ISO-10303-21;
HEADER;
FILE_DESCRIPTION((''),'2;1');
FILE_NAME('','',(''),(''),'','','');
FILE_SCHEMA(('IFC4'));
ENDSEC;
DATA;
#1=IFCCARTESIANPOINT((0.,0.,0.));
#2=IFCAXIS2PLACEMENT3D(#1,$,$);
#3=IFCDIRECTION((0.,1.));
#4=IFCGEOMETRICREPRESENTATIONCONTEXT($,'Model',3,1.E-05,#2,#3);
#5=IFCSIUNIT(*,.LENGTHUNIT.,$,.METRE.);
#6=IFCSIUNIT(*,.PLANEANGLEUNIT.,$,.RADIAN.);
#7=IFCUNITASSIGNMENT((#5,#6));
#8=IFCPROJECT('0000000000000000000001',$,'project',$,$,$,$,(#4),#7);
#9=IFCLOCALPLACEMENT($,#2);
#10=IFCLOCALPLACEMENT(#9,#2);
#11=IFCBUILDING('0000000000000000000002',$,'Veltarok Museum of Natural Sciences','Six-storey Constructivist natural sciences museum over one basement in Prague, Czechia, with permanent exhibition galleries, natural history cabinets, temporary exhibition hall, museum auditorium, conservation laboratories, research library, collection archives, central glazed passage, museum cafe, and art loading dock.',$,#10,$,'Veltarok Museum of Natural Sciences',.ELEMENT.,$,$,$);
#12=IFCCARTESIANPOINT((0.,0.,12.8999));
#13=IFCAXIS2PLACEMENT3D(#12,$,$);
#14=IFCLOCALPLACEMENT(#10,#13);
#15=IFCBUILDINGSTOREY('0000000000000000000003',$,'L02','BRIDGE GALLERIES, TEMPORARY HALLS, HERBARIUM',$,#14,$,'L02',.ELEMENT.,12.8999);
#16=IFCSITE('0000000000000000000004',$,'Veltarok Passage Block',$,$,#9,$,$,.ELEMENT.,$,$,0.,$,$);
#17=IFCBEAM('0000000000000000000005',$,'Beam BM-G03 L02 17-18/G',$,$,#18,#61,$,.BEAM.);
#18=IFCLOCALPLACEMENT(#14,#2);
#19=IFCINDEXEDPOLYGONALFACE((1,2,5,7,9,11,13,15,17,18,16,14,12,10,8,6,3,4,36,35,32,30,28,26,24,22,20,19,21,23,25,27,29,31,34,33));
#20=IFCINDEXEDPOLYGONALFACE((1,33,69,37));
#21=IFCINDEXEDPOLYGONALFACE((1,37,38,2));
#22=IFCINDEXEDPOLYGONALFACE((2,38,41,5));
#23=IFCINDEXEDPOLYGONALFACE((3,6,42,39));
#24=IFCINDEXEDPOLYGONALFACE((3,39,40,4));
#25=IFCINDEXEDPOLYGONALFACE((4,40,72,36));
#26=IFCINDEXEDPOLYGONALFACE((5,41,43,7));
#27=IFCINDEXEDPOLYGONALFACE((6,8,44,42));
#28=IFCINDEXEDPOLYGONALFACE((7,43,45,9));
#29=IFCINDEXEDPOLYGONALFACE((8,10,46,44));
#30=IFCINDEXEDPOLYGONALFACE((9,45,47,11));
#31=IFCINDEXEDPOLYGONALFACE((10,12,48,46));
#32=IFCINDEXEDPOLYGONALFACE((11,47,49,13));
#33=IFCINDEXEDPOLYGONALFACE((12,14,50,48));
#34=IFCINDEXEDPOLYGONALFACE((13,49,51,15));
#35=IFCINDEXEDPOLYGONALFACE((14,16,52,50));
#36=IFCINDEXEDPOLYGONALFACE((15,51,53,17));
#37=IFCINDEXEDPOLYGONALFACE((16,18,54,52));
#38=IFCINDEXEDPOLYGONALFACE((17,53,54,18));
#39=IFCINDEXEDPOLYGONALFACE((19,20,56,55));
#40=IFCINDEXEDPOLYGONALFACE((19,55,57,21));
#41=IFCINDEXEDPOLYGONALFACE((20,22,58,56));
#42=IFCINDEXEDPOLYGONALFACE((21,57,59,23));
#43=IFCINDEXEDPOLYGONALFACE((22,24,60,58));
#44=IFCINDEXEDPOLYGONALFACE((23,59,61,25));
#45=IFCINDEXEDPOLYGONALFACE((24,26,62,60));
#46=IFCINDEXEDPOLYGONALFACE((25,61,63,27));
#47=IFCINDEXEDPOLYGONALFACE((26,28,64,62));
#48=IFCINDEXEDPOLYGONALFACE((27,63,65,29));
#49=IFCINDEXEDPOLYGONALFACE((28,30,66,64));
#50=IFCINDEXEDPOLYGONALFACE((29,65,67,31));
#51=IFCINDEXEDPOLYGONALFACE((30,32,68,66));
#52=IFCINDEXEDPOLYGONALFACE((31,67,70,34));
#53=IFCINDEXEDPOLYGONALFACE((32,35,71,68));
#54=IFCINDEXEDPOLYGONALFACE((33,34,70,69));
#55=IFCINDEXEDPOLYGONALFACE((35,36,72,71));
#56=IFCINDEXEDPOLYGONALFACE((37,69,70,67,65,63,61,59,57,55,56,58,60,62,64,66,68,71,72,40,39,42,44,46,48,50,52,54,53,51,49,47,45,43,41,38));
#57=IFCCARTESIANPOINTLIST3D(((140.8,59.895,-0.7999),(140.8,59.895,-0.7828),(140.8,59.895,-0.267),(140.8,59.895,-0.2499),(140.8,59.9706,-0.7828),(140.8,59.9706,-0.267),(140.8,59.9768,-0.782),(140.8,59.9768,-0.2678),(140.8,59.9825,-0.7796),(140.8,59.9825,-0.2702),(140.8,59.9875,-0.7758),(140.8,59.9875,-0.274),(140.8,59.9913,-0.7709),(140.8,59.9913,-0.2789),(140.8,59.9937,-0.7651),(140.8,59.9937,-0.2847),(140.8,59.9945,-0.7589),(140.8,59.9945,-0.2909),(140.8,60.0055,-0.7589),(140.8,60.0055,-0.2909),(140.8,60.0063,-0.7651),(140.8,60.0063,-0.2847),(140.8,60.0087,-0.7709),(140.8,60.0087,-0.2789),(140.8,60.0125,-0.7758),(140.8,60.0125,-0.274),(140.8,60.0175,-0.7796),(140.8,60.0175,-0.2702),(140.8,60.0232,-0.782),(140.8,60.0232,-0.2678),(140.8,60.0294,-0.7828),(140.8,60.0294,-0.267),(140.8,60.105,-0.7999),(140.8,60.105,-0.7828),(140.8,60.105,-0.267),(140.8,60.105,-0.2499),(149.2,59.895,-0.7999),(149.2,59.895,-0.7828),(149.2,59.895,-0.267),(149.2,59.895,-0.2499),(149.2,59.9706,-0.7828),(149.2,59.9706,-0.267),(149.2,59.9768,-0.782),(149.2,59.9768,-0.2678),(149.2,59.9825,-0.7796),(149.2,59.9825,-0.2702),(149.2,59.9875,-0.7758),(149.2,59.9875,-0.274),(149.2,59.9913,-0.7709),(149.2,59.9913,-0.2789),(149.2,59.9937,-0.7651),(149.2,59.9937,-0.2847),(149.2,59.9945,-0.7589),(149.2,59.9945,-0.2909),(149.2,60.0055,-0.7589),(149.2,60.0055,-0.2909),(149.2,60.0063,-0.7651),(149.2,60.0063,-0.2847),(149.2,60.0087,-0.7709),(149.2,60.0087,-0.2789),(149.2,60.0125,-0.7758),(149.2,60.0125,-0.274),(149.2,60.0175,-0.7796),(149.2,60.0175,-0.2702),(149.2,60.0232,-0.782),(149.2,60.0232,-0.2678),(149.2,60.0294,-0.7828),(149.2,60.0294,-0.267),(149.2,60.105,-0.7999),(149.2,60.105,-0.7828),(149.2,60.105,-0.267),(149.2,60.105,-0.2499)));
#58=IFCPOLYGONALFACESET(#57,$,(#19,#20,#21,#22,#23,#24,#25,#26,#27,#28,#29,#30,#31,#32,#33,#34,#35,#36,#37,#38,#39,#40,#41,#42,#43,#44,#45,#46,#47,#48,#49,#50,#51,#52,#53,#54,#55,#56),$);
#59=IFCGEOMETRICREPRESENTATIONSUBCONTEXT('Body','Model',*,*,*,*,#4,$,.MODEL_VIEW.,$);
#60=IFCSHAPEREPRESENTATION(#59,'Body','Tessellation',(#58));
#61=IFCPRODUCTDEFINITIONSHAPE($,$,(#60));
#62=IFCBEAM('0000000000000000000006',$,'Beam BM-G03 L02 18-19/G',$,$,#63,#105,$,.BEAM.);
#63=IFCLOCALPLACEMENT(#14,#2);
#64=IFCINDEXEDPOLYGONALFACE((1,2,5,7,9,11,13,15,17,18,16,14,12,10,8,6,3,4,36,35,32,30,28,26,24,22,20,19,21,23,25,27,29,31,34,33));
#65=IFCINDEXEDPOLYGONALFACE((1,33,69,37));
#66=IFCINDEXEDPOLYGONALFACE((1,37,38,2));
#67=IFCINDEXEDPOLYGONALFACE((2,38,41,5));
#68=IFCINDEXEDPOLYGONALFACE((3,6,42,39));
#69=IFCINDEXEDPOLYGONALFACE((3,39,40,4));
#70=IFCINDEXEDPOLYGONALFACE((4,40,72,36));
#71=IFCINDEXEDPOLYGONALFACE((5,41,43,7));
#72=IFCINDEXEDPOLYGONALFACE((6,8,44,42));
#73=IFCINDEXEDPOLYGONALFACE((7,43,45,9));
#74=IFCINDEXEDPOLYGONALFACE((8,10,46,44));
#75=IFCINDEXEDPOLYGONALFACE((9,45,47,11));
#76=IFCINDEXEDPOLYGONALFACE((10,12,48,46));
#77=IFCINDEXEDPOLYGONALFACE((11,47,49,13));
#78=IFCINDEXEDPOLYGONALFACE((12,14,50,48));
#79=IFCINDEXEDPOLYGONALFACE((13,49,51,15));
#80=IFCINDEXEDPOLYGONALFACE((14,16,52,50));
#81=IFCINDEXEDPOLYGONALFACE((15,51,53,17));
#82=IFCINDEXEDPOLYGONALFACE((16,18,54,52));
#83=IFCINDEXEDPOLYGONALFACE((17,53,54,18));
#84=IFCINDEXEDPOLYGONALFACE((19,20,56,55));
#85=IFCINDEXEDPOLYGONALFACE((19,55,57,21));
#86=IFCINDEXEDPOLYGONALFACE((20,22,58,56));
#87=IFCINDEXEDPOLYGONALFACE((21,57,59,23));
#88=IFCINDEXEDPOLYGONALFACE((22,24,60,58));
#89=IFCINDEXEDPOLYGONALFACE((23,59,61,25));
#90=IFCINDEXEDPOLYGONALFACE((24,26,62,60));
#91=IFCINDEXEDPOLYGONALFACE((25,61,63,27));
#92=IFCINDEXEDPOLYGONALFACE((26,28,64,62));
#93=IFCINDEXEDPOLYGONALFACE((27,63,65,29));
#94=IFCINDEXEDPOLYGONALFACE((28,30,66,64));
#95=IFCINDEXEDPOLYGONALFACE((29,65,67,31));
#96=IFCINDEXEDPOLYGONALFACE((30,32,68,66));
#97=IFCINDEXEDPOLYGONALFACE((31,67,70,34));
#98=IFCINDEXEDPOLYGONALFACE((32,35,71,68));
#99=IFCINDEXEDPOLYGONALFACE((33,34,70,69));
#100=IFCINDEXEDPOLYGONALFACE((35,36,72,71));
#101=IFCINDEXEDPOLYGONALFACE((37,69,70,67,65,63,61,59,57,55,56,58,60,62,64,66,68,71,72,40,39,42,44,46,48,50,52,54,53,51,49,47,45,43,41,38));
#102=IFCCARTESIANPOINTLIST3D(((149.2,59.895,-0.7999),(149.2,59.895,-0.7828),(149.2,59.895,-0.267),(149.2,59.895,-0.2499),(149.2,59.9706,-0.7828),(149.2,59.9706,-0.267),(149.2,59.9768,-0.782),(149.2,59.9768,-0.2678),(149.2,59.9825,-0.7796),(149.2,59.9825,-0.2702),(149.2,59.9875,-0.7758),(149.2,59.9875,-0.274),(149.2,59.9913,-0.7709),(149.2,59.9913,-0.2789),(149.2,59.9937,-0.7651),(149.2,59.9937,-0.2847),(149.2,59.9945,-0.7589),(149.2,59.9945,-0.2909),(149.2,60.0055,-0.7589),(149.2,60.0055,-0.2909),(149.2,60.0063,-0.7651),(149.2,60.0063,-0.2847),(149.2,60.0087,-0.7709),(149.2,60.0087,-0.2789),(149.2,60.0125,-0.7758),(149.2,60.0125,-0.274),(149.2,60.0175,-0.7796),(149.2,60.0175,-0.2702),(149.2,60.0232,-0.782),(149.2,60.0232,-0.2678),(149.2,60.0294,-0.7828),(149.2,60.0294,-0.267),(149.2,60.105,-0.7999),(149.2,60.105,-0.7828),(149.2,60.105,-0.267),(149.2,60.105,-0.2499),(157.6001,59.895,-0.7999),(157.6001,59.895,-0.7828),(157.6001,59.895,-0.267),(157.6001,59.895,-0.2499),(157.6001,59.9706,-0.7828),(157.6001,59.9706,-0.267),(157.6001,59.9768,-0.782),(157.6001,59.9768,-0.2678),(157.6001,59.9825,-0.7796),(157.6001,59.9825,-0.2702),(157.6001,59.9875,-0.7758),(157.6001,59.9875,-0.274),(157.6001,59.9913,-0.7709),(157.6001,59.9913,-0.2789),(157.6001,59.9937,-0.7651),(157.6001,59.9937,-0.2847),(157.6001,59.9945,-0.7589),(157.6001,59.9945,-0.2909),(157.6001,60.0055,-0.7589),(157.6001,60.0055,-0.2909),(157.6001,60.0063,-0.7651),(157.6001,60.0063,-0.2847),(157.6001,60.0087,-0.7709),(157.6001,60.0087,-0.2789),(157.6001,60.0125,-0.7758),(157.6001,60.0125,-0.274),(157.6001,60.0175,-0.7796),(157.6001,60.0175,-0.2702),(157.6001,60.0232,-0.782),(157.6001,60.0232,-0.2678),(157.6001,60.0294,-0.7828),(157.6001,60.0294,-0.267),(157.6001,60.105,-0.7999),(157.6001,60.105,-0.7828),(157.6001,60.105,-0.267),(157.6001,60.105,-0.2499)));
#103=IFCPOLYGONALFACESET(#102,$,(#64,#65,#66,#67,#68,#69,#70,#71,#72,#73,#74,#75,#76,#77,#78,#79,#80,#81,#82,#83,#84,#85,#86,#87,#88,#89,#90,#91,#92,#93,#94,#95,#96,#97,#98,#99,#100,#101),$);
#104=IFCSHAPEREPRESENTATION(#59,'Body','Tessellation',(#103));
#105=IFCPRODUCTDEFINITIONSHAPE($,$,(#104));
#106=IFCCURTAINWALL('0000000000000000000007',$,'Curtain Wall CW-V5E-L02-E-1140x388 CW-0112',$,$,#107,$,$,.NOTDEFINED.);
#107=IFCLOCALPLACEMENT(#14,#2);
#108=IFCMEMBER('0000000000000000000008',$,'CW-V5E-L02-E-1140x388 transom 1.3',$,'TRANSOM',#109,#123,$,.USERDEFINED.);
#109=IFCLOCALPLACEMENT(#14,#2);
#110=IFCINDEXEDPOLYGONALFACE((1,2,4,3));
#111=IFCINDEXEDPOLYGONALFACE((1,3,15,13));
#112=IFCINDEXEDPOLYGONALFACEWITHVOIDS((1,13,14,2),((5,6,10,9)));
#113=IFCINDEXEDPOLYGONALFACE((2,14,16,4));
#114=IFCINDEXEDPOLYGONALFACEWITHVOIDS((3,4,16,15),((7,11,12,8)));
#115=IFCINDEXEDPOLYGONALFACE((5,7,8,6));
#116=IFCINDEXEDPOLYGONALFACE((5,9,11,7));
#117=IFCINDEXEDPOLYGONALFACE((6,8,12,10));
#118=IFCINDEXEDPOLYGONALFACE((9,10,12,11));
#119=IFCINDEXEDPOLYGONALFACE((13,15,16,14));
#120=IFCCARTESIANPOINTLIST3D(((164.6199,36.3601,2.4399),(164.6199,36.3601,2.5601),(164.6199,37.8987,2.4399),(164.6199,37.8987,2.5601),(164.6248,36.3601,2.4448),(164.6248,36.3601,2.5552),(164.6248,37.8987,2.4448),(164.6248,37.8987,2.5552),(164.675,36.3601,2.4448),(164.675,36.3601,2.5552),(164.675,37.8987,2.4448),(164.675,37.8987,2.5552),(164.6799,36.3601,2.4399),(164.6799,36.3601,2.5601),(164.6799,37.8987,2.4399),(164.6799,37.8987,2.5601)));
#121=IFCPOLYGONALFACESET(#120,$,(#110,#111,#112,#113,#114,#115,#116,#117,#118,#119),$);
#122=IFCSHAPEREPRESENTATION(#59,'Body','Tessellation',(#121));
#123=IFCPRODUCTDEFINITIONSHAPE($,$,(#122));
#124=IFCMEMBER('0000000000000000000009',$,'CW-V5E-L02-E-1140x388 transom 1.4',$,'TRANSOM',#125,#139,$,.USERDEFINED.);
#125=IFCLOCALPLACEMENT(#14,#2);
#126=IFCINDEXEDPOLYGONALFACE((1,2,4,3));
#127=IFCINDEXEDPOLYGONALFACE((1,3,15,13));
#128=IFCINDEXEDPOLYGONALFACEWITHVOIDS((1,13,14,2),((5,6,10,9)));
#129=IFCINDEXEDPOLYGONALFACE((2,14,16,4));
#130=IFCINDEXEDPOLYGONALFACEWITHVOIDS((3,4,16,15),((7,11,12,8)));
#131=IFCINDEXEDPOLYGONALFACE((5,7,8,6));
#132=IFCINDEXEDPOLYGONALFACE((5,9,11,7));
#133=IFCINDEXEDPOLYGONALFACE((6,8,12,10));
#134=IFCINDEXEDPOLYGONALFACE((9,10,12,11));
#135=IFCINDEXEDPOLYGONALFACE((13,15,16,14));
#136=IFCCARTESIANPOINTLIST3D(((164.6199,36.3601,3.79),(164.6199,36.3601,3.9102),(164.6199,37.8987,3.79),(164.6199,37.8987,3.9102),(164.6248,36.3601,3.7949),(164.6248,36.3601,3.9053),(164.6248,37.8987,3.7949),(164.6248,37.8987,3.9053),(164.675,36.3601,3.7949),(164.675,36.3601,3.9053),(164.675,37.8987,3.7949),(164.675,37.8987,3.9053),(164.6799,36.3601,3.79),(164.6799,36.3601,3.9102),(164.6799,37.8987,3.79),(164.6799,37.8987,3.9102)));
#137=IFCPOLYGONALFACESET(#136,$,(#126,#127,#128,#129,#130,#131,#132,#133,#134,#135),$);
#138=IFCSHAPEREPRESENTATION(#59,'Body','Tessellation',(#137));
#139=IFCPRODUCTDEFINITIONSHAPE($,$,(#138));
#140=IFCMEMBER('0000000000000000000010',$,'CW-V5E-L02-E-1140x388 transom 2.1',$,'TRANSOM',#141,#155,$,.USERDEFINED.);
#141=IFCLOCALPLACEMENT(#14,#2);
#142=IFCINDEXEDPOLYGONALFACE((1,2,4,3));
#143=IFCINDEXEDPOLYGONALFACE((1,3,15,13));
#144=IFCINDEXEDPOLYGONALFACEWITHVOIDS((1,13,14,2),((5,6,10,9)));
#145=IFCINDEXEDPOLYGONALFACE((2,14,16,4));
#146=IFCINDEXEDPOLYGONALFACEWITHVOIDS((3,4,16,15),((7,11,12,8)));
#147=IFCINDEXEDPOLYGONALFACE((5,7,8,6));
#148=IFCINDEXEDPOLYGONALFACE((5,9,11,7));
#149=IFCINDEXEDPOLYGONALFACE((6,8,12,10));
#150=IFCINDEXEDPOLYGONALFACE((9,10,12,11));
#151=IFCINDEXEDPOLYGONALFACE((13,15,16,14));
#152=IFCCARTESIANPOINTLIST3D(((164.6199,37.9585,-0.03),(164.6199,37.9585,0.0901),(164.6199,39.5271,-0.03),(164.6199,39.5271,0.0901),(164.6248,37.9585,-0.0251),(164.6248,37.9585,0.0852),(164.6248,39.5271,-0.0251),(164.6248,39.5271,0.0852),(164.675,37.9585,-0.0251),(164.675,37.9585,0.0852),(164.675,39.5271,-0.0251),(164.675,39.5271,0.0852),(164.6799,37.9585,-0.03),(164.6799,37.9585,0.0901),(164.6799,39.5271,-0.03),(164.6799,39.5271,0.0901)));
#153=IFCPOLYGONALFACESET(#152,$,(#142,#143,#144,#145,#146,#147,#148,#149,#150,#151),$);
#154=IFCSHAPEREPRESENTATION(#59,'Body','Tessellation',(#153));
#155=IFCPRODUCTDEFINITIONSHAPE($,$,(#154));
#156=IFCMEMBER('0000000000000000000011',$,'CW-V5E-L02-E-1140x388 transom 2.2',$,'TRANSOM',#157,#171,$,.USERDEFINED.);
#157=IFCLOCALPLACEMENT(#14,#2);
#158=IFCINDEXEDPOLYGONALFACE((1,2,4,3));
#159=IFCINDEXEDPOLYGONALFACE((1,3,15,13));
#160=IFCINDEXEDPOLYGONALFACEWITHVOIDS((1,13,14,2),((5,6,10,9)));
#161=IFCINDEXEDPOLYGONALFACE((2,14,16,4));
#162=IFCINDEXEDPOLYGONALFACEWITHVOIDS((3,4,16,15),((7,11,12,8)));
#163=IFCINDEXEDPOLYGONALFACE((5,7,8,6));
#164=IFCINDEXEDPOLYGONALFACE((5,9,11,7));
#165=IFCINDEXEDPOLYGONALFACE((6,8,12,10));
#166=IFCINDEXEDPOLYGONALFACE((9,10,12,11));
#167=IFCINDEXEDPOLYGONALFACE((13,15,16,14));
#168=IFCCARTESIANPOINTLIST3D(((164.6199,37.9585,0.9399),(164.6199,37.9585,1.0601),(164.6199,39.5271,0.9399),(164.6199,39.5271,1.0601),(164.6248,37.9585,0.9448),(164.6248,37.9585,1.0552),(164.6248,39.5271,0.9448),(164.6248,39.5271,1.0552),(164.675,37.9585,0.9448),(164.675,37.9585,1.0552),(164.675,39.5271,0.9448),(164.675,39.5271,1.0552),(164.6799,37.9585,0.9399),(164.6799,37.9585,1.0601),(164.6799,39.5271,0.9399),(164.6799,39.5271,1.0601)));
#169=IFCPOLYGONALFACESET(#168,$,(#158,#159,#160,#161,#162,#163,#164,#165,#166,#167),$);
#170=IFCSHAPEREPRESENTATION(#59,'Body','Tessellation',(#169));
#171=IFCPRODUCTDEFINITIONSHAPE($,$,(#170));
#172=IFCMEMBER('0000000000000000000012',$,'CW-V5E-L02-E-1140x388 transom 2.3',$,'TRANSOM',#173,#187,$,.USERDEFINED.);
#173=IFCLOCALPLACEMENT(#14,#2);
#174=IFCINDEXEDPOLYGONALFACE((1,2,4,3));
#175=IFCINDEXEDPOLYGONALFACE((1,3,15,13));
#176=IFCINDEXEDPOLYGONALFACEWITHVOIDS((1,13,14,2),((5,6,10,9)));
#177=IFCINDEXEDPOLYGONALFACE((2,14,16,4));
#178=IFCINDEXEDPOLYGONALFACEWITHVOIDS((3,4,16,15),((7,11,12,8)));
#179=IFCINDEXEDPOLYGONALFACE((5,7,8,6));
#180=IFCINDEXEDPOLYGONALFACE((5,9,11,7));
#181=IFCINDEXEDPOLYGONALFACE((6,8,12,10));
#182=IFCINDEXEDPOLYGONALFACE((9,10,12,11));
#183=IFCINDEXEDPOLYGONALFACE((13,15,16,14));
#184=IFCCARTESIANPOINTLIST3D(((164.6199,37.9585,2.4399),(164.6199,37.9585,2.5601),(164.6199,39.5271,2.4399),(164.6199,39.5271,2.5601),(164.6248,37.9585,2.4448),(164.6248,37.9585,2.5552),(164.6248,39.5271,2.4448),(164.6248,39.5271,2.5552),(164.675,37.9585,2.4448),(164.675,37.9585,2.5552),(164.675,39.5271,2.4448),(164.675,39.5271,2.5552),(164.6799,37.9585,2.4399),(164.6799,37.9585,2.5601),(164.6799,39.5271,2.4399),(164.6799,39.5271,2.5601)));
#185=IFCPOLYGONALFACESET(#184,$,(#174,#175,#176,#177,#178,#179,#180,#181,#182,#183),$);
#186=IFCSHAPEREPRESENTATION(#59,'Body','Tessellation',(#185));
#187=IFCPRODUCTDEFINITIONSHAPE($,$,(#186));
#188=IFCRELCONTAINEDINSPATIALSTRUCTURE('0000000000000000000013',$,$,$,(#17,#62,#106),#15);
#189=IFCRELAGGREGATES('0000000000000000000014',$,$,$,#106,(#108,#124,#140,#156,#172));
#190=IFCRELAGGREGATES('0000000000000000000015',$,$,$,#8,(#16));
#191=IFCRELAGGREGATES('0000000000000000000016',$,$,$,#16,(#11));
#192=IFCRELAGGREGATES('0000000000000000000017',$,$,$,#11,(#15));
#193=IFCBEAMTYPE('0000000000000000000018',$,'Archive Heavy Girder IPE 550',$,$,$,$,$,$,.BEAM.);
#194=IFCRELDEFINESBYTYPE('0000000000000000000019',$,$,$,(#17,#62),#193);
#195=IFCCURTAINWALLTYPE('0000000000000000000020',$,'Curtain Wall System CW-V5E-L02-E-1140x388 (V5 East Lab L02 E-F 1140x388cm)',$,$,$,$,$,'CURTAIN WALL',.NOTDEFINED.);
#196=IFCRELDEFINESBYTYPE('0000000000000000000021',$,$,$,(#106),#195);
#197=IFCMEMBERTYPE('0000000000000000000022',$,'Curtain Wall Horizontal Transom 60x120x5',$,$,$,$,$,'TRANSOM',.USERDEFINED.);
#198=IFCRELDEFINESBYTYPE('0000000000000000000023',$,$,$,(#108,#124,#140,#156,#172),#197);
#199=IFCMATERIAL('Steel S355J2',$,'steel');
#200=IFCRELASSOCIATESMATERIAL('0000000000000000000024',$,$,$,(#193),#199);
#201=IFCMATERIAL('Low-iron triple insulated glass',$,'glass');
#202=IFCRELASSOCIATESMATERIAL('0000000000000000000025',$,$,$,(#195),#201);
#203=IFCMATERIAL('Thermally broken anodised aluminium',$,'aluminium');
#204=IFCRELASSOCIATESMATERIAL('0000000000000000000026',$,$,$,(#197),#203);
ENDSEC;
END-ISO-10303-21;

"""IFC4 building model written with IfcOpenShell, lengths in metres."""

from ifc_helpers import new_model, si_unit, direction, frame, origin, origin_2d, place, context, subcontext, project, spatial, hollow_rectangle, i_section, extrude, material, material_profile, profile_set, type_object, element, aggregate, save


model = new_model("IFC4")

# Units and contexts
model_context = context("Model", 3, precision=1e-05, world=origin(), true_north=direction((0.0, 1.0)))
body_context = subcontext(model_context, "Body", "Model", "MODEL_VIEW")
ifc_project = project(units=[si_unit("LENGTHUNIT", "METRE"), si_unit("PLANEANGLEUNIT", "RADIAN")], contexts=[model_context])

# Site, building, storey
site_placement = place(None, origin())
site = spatial("IfcSite", under=ifc_project, at=site_placement, Name="Veltarok Passage Block", CompositionType="ELEMENT", RefElevation=0.0)
building_placement = place(site_placement, origin())
building = spatial("IfcBuilding", under=site, at=building_placement, Name="Veltarok Museum of Natural Sciences", Description="Six-storey Constructivist natural sciences museum over one basement in Prague, Czechia, with permanent exhibition galleries, natural history cabinets, temporary exhibition hall, museum auditorium, conservation laboratories, research library, collection archives, central glazed passage, museum cafe, and art loading dock.", LongName="Veltarok Museum of Natural Sciences", CompositionType="ELEMENT")
storey_placement = place(building_placement, frame((0.0, 0.0, 12.8999)))
storey = spatial("IfcBuildingStorey", under=building, at=storey_placement, Name="L02", Description="BRIDGE GALLERIES, TEMPORARY HALLS, HERBARIUM", LongName="L02", CompositionType="ELEMENT", Elevation=12.8999)

# Beams
ifc_material_1 = material(Name="Steel S355J2", Category="steel")
ifc_material_profile_1 = material_profile(ifc_material_1, i_section(OverallWidth=0.21, OverallDepth=0.55, WebThickness=0.011, FlangeThickness=0.0171, FilletRadius=0.0239, at=origin_2d()), Name="IPE 550")
ifc_profile_set_1 = profile_set([ifc_material_profile_1], Name="Steel S355J2")
beam_type_1 = type_object("IfcBeamType", Name="Archive Heavy Girder IPE 550", PredefinedType="BEAM", material=ifc_profile_set_1)
beam_1_placement = place(storey_placement, frame((140.8, 60.0, -0.5249), z_axis=(1.0, 0.0, 0.0), x_axis=(0.0, 1.0, 0.0)))
element("IfcBeam", 1, at=beam_1_placement, inside=storey, type_object=beam_type_1, Name="Beam BM-G03 L02 17-18/G", PredefinedType="BEAM", context=body_context, shape_type="SweptSolid", body=[
    extrude(i_section(OverallWidth=0.21, OverallDepth=0.55, WebThickness=0.011, FlangeThickness=0.0171, FilletRadius=0.0239, at=origin_2d()), origin(), (0.0, 0.0, 1.0), 8.3999),
])
beam_2_placement = place(storey_placement, frame((149.2, 60.0, -0.5249), z_axis=(1.0, 0.0, 0.0), x_axis=(0.0, 1.0, 0.0)))
element("IfcBeam", 2, at=beam_2_placement, inside=storey, type_object=beam_type_1, Name="Beam BM-G03 L02 18-19/G", PredefinedType="BEAM", context=body_context, shape_type="SweptSolid", body=[
    extrude(i_section(OverallWidth=0.21, OverallDepth=0.55, WebThickness=0.011, FlangeThickness=0.0171, FilletRadius=0.0239, at=origin_2d()), origin(), (0.0, 0.0, 1.0), 8.4001),
])

# Curtain wall, members
ifc_material_2 = material(Name="Low-iron triple insulated glass", Category="glass")
curtain_wall_type = type_object("IfcCurtainWallType", Name="Curtain Wall System CW-V5E-L02-E-1140x388 (V5 East Lab L02 E-F 1140x388cm)", ElementType="CURTAIN WALL", PredefinedType="NOTDEFINED", material=ifc_material_2)
curtain_wall_placement = place(storey_placement, origin())
curtain_wall = element("IfcCurtainWall", 3, at=curtain_wall_placement, inside=storey, type_object=curtain_wall_type, Name="Curtain Wall CW-V5E-L02-E-1140x388 CW-0112", PredefinedType="NOTDEFINED")
ifc_material_3 = material(Name="Thermally broken anodised aluminium", Category="aluminium")
ifc_material_profile_2 = material_profile(ifc_material_3, hollow_rectangle(XDim=0.0601, YDim=0.1201, WallThickness=0.0049, at=origin_2d()), Name="CW TRANSOM 60x120x5")
ifc_profile_set_2 = profile_set([ifc_material_profile_2], Name="Thermally broken anodised aluminium")
member_type_1 = type_object("IfcMemberType", Name="Curtain Wall Horizontal Transom 60x120x5", ElementType="TRANSOM", PredefinedType="USERDEFINED", material=ifc_profile_set_2)
member_1_placement = place(storey_placement, frame((164.6499, 36.3601, 2.5), z_axis=(0.0, 1.0, 0.0), x_axis=(-1.0, 0.0, 0.0)))
member_1 = element("IfcMember", 4, at=member_1_placement, type_object=member_type_1, Name="CW-V5E-L02-E-1140x388 transom 1.3", ObjectType="TRANSOM", PredefinedType="USERDEFINED", context=body_context, shape_type="SweptSolid", body=[
    extrude(hollow_rectangle(XDim=0.0601, YDim=0.1201, WallThickness=0.0049, at=origin_2d()), origin(), (0.0, 0.0, 1.0), 1.5386),
])
member_2_placement = place(storey_placement, frame((164.6499, 36.3601, 3.8501), z_axis=(0.0, 1.0, 0.0), x_axis=(-1.0, 0.0, 0.0)))
member_2 = element("IfcMember", 5, at=member_2_placement, type_object=member_type_1, Name="CW-V5E-L02-E-1140x388 transom 1.4", ObjectType="TRANSOM", PredefinedType="USERDEFINED", context=body_context, shape_type="SweptSolid", body=[
    extrude(hollow_rectangle(XDim=0.0601, YDim=0.1201, WallThickness=0.0049, at=origin_2d()), origin(), (0.0, 0.0, 1.0), 1.5386),
])
member_3_placement = place(storey_placement, frame((164.6499, 37.9585, 0.03), z_axis=(0.0, 1.0, 0.0), x_axis=(-1.0, 0.0, 0.0)))
member_3 = element("IfcMember", 6, at=member_3_placement, type_object=member_type_1, Name="CW-V5E-L02-E-1140x388 transom 2.1", ObjectType="TRANSOM", PredefinedType="USERDEFINED", context=body_context, shape_type="SweptSolid", body=[
    extrude(hollow_rectangle(XDim=0.0601, YDim=0.1201, WallThickness=0.0049, at=origin_2d()), origin(), (0.0, 0.0, 1.0), 1.5686),
])
member_4_placement = place(storey_placement, frame((164.6499, 37.9585, 1.0), z_axis=(0.0, 1.0, 0.0), x_axis=(-1.0, 0.0, 0.0)))
member_4 = element("IfcMember", 7, at=member_4_placement, type_object=member_type_1, Name="CW-V5E-L02-E-1140x388 transom 2.2", ObjectType="TRANSOM", PredefinedType="USERDEFINED", context=body_context, shape_type="SweptSolid", body=[
    extrude(hollow_rectangle(XDim=0.0601, YDim=0.1201, WallThickness=0.0049, at=origin_2d()), origin(), (0.0, 0.0, 1.0), 1.5686),
])
member_5_placement = place(storey_placement, frame((164.6499, 37.9585, 2.5), z_axis=(0.0, 1.0, 0.0), x_axis=(-1.0, 0.0, 0.0)))
member_5 = element("IfcMember", 8, at=member_5_placement, type_object=member_type_1, Name="CW-V5E-L02-E-1140x388 transom 2.3", ObjectType="TRANSOM", PredefinedType="USERDEFINED", context=body_context, shape_type="SweptSolid", body=[
    extrude(hollow_rectangle(XDim=0.0601, YDim=0.1201, WallThickness=0.0049, at=origin_2d()), origin(), (0.0, 0.0, 1.0), 1.5686),
])

aggregate(curtain_wall, [member_1, member_2, member_3, member_4, member_5])

save(model, "model.ifc")
